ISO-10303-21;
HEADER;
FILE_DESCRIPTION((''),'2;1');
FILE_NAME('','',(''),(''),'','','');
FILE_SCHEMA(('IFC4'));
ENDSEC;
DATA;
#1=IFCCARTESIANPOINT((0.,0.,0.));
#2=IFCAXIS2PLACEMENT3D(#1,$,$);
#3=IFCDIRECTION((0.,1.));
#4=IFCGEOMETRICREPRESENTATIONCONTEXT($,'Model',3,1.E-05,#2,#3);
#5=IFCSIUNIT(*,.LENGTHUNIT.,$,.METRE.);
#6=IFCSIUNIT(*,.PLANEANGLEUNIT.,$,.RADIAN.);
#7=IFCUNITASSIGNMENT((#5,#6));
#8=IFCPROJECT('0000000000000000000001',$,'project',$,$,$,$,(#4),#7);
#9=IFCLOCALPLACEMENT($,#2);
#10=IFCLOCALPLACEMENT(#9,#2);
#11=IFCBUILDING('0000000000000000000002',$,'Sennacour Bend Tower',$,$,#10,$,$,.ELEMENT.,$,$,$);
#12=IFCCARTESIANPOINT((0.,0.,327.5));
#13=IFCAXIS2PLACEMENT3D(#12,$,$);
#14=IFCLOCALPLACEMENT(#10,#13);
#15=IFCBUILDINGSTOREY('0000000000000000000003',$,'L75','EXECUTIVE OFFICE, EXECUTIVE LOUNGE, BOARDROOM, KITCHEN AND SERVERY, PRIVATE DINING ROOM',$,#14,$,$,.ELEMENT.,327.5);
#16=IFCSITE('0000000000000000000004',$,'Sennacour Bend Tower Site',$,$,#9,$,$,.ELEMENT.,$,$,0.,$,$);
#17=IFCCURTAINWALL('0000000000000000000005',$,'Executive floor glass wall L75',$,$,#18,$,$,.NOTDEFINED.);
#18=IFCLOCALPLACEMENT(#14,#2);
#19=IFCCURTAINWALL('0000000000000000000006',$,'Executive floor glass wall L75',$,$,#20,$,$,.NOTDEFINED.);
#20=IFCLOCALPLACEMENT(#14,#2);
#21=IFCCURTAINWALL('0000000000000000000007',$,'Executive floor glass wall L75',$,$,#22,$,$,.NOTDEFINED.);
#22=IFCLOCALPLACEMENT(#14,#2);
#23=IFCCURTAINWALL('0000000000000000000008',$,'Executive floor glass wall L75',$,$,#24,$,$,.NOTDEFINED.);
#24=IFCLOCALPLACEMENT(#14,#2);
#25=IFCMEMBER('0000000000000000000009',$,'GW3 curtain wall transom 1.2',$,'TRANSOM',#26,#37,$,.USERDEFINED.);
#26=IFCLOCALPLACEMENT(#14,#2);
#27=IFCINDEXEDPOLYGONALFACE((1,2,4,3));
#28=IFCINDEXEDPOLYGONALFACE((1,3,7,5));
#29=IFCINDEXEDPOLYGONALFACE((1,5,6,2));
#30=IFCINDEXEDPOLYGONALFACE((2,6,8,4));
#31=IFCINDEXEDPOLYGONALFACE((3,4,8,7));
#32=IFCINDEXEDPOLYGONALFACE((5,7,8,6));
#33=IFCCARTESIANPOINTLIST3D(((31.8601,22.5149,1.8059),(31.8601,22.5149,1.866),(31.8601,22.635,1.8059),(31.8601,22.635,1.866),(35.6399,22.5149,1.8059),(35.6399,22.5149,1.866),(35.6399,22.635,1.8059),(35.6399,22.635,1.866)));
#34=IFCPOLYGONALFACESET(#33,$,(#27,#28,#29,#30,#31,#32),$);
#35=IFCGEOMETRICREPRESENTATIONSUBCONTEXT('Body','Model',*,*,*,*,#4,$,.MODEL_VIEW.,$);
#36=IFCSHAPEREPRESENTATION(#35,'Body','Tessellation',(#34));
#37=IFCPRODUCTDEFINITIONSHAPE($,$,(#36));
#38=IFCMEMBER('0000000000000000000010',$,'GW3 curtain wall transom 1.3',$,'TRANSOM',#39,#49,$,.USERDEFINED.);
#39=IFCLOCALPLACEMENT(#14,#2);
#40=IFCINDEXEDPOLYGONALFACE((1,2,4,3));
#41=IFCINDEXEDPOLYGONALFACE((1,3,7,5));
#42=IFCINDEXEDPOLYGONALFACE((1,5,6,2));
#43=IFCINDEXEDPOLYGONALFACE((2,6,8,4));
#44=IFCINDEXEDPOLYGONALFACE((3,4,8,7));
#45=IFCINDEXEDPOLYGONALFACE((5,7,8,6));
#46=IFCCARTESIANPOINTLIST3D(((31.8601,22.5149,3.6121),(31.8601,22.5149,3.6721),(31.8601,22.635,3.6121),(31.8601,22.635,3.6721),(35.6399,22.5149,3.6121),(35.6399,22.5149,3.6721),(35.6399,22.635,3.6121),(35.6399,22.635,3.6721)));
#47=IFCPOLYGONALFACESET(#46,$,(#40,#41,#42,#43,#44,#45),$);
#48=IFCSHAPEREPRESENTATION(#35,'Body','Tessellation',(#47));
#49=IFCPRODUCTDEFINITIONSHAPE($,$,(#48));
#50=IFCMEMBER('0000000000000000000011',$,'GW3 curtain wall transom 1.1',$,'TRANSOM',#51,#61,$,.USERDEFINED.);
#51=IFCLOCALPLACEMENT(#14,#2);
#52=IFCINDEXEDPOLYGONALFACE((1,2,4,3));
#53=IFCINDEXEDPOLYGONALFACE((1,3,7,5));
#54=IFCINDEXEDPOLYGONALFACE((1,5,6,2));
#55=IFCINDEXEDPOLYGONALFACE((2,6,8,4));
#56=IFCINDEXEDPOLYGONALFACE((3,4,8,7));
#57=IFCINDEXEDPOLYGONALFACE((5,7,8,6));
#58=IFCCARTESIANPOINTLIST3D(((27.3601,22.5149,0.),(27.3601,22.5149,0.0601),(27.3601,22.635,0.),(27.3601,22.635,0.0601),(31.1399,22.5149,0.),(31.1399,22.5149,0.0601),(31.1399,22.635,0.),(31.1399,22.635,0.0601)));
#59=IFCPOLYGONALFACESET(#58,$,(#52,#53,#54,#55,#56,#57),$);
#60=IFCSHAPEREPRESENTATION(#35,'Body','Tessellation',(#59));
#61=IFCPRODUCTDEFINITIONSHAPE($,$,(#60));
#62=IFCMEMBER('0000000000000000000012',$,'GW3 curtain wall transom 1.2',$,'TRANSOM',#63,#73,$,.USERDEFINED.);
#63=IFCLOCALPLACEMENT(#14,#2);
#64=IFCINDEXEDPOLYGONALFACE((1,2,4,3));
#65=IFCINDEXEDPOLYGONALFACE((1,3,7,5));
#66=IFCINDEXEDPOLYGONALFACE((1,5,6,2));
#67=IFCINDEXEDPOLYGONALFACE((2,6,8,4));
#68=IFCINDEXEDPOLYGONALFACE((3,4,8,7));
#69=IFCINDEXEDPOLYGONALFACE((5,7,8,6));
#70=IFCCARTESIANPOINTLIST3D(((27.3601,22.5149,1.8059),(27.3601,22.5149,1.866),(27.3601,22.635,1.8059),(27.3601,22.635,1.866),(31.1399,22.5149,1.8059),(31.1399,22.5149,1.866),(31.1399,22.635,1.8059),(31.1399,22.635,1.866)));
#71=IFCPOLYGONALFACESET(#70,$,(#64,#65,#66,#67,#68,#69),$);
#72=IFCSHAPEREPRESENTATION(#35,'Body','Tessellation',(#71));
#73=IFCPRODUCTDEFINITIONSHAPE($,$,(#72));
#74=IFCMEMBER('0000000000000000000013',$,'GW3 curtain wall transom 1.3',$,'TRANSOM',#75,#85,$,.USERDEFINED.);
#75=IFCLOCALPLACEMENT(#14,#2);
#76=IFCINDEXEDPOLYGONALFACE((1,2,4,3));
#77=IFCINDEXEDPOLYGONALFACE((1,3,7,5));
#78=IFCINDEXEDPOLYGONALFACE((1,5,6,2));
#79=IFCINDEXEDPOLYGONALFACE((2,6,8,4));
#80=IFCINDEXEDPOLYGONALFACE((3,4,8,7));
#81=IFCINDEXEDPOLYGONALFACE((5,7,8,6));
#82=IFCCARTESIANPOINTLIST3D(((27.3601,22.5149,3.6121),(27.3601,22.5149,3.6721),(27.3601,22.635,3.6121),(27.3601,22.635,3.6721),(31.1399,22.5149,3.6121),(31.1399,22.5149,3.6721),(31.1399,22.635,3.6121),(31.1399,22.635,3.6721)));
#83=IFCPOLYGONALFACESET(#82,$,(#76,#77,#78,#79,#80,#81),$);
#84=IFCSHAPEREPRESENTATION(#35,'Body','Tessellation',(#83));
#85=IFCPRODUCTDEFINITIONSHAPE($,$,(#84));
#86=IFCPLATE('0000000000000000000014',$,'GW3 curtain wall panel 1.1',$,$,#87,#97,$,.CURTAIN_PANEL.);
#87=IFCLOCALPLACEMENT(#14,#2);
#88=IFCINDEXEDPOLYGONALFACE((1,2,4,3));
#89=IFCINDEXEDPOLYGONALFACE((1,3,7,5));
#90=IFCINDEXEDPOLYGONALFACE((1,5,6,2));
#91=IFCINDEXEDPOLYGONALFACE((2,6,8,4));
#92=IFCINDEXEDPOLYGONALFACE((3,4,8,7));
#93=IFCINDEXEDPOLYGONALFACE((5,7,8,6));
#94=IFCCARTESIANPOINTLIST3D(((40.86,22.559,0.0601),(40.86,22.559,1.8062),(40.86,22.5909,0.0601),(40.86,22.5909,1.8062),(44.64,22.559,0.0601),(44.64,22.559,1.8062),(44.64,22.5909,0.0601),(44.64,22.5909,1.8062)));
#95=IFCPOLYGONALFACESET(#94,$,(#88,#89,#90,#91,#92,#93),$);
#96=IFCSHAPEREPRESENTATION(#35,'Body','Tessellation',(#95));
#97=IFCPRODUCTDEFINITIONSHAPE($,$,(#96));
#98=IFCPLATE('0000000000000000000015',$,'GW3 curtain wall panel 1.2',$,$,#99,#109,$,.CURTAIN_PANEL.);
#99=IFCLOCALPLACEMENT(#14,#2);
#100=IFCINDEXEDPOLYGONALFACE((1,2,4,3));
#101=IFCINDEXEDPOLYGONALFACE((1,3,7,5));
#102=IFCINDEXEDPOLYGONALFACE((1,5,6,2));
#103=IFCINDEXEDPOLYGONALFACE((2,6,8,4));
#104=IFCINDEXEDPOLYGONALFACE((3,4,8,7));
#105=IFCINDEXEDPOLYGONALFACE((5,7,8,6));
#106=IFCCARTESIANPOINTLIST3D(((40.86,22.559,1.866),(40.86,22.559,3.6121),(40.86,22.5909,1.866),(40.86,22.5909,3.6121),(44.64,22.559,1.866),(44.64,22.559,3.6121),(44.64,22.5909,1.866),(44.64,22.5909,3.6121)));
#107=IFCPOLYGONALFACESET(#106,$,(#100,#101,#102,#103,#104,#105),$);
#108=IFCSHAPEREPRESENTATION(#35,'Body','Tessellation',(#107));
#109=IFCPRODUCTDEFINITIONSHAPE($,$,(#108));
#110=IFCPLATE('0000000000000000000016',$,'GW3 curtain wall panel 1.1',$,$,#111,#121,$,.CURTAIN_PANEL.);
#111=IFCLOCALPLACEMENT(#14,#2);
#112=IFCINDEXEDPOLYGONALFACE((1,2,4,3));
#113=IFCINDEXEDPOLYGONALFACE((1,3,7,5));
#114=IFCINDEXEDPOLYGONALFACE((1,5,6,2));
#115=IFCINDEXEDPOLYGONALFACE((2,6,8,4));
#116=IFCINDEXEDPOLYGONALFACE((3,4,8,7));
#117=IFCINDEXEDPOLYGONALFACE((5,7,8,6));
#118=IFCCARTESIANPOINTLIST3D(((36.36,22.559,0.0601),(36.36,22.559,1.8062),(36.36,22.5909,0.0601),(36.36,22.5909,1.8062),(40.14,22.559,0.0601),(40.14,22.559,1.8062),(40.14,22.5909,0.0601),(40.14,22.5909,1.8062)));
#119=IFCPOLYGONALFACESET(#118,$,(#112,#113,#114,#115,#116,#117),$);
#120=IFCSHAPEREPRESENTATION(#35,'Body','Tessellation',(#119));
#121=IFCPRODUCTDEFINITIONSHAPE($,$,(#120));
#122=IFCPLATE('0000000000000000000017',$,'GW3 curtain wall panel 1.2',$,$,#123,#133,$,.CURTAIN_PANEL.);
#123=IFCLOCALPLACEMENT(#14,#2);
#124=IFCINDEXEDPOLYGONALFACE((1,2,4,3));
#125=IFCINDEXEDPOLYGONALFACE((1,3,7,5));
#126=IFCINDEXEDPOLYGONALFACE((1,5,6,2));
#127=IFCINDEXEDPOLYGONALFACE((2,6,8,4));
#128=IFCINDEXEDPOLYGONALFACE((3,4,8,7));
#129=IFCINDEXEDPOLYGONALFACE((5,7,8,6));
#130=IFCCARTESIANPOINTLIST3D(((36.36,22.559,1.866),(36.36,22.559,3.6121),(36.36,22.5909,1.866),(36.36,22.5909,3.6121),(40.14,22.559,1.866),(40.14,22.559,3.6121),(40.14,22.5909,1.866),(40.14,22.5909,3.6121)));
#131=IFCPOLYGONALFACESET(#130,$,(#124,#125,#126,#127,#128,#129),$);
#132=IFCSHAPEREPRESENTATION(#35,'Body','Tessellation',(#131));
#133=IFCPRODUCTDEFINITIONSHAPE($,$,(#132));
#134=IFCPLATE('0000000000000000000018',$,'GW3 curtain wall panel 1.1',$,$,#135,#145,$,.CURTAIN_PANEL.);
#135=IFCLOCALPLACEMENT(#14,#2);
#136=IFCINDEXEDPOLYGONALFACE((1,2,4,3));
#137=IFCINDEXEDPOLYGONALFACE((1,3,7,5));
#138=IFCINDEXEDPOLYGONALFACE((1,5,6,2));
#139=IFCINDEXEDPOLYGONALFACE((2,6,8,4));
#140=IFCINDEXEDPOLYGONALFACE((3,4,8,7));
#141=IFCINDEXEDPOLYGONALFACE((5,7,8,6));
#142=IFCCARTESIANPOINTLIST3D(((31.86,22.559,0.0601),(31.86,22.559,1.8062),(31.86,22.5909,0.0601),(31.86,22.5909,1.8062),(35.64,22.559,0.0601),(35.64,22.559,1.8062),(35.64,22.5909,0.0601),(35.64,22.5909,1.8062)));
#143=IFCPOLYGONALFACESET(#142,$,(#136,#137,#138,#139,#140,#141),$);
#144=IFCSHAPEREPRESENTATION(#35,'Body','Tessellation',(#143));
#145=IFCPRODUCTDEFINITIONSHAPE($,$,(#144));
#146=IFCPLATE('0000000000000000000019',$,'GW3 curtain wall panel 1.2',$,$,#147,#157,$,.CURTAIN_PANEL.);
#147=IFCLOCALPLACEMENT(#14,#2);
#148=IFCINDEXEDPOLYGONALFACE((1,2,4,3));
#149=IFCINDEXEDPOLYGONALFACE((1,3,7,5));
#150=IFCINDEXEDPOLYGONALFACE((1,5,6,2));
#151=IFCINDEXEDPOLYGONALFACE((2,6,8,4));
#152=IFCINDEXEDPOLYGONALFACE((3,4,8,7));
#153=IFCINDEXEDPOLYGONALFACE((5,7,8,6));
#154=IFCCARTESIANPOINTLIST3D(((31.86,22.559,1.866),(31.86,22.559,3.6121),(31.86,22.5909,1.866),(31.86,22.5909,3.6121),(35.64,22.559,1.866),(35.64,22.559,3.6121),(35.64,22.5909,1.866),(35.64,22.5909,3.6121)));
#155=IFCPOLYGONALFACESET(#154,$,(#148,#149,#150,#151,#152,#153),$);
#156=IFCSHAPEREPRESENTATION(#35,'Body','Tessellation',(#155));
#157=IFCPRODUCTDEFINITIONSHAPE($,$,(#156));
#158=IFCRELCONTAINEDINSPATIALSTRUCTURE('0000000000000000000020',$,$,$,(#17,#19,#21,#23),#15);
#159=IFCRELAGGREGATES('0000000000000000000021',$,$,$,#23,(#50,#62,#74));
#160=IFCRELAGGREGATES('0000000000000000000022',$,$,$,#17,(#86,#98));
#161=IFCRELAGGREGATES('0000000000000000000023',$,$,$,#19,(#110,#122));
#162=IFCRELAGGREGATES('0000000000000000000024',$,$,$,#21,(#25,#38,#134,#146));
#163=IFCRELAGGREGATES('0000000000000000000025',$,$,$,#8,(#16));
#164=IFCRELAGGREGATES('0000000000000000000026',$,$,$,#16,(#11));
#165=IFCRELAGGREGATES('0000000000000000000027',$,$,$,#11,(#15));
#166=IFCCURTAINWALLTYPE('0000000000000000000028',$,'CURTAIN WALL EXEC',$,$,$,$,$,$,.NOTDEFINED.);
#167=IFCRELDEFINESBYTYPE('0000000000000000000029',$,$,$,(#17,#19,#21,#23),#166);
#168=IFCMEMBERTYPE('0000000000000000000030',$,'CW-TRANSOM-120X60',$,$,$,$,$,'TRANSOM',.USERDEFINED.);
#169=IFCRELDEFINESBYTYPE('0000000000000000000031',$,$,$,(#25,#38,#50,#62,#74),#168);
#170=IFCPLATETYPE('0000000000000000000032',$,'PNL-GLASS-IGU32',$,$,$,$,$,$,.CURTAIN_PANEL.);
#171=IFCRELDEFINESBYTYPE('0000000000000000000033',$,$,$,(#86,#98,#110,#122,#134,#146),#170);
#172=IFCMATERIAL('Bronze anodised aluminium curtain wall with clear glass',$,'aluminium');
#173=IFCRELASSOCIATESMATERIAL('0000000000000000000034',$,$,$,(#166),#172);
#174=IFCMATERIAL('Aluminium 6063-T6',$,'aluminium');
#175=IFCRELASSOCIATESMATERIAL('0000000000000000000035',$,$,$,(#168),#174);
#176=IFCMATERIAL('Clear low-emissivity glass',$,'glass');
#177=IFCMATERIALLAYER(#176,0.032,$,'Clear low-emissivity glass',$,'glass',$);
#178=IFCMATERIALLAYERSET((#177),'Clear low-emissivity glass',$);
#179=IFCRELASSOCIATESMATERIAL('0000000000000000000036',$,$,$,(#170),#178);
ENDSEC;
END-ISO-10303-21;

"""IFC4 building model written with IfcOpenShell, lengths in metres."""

from ifc_helpers import new_model, si_unit, direction, frame, origin, origin_2d, place, context, subcontext, project, spatial, rectangle, extrude, material, layer, layer_set, material_profile, profile_set, type_object, element, aggregate, save


model = new_model("IFC4")

# Units and contexts
model_context = context("Model", 3, precision=1e-05, world=origin(), true_north=direction((0.0, 1.0)))
body_context = subcontext(model_context, "Body", "Model", "MODEL_VIEW")
ifc_project = project(units=[si_unit("LENGTHUNIT", "METRE"), si_unit("PLANEANGLEUNIT", "RADIAN")], contexts=[model_context])

# Site, building, storey
site_placement = place(None, origin())
site = spatial("IfcSite", under=ifc_project, at=site_placement, Name="Sennacour Bend Tower Site", CompositionType="ELEMENT", RefElevation=0.0)
building_placement = place(site_placement, origin())
building = spatial("IfcBuilding", under=site, at=building_placement, Name="Sennacour Bend Tower", CompositionType="ELEMENT")
storey_placement = place(building_placement, frame((0.0, 0.0, 327.5)))
storey = spatial("IfcBuildingStorey", under=building, at=storey_placement, Name="L75", Description="EXECUTIVE OFFICE, EXECUTIVE LOUNGE, BOARDROOM, KITCHEN AND SERVERY, PRIVATE DINING ROOM", CompositionType="ELEMENT", Elevation=327.5)

# Shared definitions
ifc_material_1 = material(Name="Bronze anodised aluminium curtain wall with clear glass", Category="aluminium")
curtain_wall_type = type_object("IfcCurtainWallType", Name="CURTAIN WALL EXEC", PredefinedType="NOTDEFINED", material=ifc_material_1)
ifc_material_2 = material(Name="Aluminium 6063-T6", Category="aluminium")

# Curtain walls
curtain_wall_1_placement = place(storey_placement, origin())
curtain_wall_1 = element("IfcCurtainWall", 1, at=curtain_wall_1_placement, inside=storey, type_object=curtain_wall_type, Name="Executive floor glass wall L75", PredefinedType="NOTDEFINED")
curtain_wall_2_placement = place(storey_placement, origin())
curtain_wall_2 = element("IfcCurtainWall", 2, at=curtain_wall_2_placement, inside=storey, type_object=curtain_wall_type, Name="Executive floor glass wall L75", PredefinedType="NOTDEFINED")
curtain_wall_3_placement = place(storey_placement, origin())
curtain_wall_3 = element("IfcCurtainWall", 3, at=curtain_wall_3_placement, inside=storey, type_object=curtain_wall_type, Name="Executive floor glass wall L75", PredefinedType="NOTDEFINED")

# Curtain wall
curtain_wall_4_placement = place(storey_placement, origin())
curtain_wall_4 = element("IfcCurtainWall", 4, at=curtain_wall_4_placement, inside=storey, type_object=curtain_wall_type, Name="Executive floor glass wall L75", PredefinedType="NOTDEFINED")

# Members
ifc_material_profile_1 = material_profile(ifc_material_2, rectangle(XDim=0.1201, YDim=0.0601, at=origin_2d()), Name="Aluminium 6063-T6", Category="aluminium")
ifc_profile_set_1 = profile_set([ifc_material_profile_1], Name="Aluminium 6063-T6")
member_type_1 = type_object("IfcMemberType", Name="CW-TRANSOM-120X60", ElementType="TRANSOM", PredefinedType="USERDEFINED", material=ifc_profile_set_1)
member_1_placement = place(storey_placement, frame((35.6399, 22.575, 1.8359), z_axis=(-1.0, 0.0, 0.0), x_axis=(0.0, -1.0, 0.0)))
member_1 = element("IfcMember", 5, at=member_1_placement, type_object=member_type_1, Name="GW3 curtain wall transom 1.2", ObjectType="TRANSOM", PredefinedType="USERDEFINED", context=body_context, shape_type="SweptSolid", body=[
    extrude(rectangle(XDim=0.1201, YDim=0.0601, at=origin_2d()), origin(), (0.0, 0.0, 1.0), 3.7798),
])
member_2_placement = place(storey_placement, frame((35.6399, 22.575, 3.6421), z_axis=(-1.0, 0.0, 0.0), x_axis=(0.0, -1.0, 0.0)))
member_2 = element("IfcMember", 6, at=member_2_placement, type_object=member_type_1, Name="GW3 curtain wall transom 1.3", ObjectType="TRANSOM", PredefinedType="USERDEFINED", context=body_context, shape_type="SweptSolid", body=[
    extrude(rectangle(XDim=0.1201, YDim=0.0601, at=origin_2d()), origin(), (0.0, 0.0, 1.0), 3.7798),
])
member_3_placement = place(storey_placement, frame((31.1399, 22.575, 0.03), z_axis=(-1.0, 0.0, 0.0), x_axis=(0.0, -1.0, 0.0)))
member_3 = element("IfcMember", 7, at=member_3_placement, type_object=member_type_1, Name="GW3 curtain wall transom 1.1", ObjectType="TRANSOM", PredefinedType="USERDEFINED", context=body_context, shape_type="SweptSolid", body=[
    extrude(rectangle(XDim=0.1201, YDim=0.0601, at=origin_2d()), origin(), (0.0, 0.0, 1.0), 3.7798),
])
member_4_placement = place(storey_placement, frame((31.1399, 22.575, 1.8359), z_axis=(-1.0, 0.0, 0.0), x_axis=(0.0, -1.0, 0.0)))
member_4 = element("IfcMember", 8, at=member_4_placement, type_object=member_type_1, Name="GW3 curtain wall transom 1.2", ObjectType="TRANSOM", PredefinedType="USERDEFINED", context=body_context, shape_type="SweptSolid", body=[
    extrude(rectangle(XDim=0.1201, YDim=0.0601, at=origin_2d()), origin(), (0.0, 0.0, 1.0), 3.7798),
])
member_5_placement = place(storey_placement, frame((31.1399, 22.575, 3.6421), z_axis=(-1.0, 0.0, 0.0), x_axis=(0.0, -1.0, 0.0)))
member_5 = element("IfcMember", 9, at=member_5_placement, type_object=member_type_1, Name="GW3 curtain wall transom 1.3", ObjectType="TRANSOM", PredefinedType="USERDEFINED", context=body_context, shape_type="SweptSolid", body=[
    extrude(rectangle(XDim=0.1201, YDim=0.0601, at=origin_2d()), origin(), (0.0, 0.0, 1.0), 3.7798),
])
aggregate(curtain_wall_4, [member_3, member_4, member_5])

# Plates
ifc_material_3 = material(Name="Clear low-emissivity glass", Category="glass")
ifc_layer = layer(ifc_material_3, 0.032, Name="Clear low-emissivity glass", Category="glass")
ifc_layer_set = layer_set([ifc_layer], Name="Clear low-emissivity glass")
plate_type = type_object("IfcPlateType", Name="PNL-GLASS-IGU32", PredefinedType="CURTAIN_PANEL", material=ifc_layer_set)
plate_1_placement = place(storey_placement, frame((42.75, 22.575, 0.0601), z_axis=(0.0, 0.0, 1.0), x_axis=(-1.0, 0.0, 0.0)))
plate_1 = element("IfcPlate", 10, at=plate_1_placement, type_object=plate_type, Name="GW3 curtain wall panel 1.1", PredefinedType="CURTAIN_PANEL", context=body_context, shape_type="SweptSolid", body=[
    extrude(rectangle(XDim=3.78, YDim=0.032, at=origin_2d()), origin(), (0.0, 0.0, 1.0), 1.7461),
])
plate_2_placement = place(storey_placement, frame((42.75, 22.575, 1.866), z_axis=(0.0, 0.0, 1.0), x_axis=(-1.0, 0.0, 0.0)))
plate_2 = element("IfcPlate", 11, at=plate_2_placement, type_object=plate_type, Name="GW3 curtain wall panel 1.2", PredefinedType="CURTAIN_PANEL", context=body_context, shape_type="SweptSolid", body=[
    extrude(rectangle(XDim=3.78, YDim=0.032, at=origin_2d()), origin(), (0.0, 0.0, 1.0), 1.7461),
])
aggregate(curtain_wall_1, [plate_1, plate_2])
plate_3_placement = place(storey_placement, frame((38.25, 22.575, 0.0601), z_axis=(0.0, 0.0, 1.0), x_axis=(-1.0, 0.0, 0.0)))
plate_3 = element("IfcPlate", 12, at=plate_3_placement, type_object=plate_type, Name="GW3 curtain wall panel 1.1", PredefinedType="CURTAIN_PANEL", context=body_context, shape_type="SweptSolid", body=[
    extrude(rectangle(XDim=3.78, YDim=0.032, at=origin_2d()), origin(), (0.0, 0.0, 1.0), 1.7461),
])
plate_4_placement = place(storey_placement, frame((38.25, 22.575, 1.866), z_axis=(0.0, 0.0, 1.0), x_axis=(-1.0, 0.0, 0.0)))
plate_4 = element("IfcPlate", 13, at=plate_4_placement, type_object=plate_type, Name="GW3 curtain wall panel 1.2", PredefinedType="CURTAIN_PANEL", context=body_context, shape_type="SweptSolid", body=[
    extrude(rectangle(XDim=3.78, YDim=0.032, at=origin_2d()), origin(), (0.0, 0.0, 1.0), 1.7461),
])
aggregate(curtain_wall_2, [plate_3, plate_4])
plate_5_placement = place(storey_placement, frame((33.75, 22.575, 0.0601), z_axis=(0.0, 0.0, 1.0), x_axis=(-1.0, 0.0, 0.0)))
plate_5 = element("IfcPlate", 14, at=plate_5_placement, type_object=plate_type, Name="GW3 curtain wall panel 1.1", PredefinedType="CURTAIN_PANEL", context=body_context, shape_type="SweptSolid", body=[
    extrude(rectangle(XDim=3.78, YDim=0.032, at=origin_2d()), origin(), (0.0, 0.0, 1.0), 1.7461),
])
plate_6_placement = place(storey_placement, frame((33.75, 22.575, 1.866), z_axis=(0.0, 0.0, 1.0), x_axis=(-1.0, 0.0, 0.0)))
plate_6 = element("IfcPlate", 15, at=plate_6_placement, type_object=plate_type, Name="GW3 curtain wall panel 1.2", PredefinedType="CURTAIN_PANEL", context=body_context, shape_type="SweptSolid", body=[
    extrude(rectangle(XDim=3.78, YDim=0.032, at=origin_2d()), origin(), (0.0, 0.0, 1.0), 1.7461),
])
aggregate(curtain_wall_3, [member_1, member_2, plate_5, plate_6])

save(model, "model.ifc")
